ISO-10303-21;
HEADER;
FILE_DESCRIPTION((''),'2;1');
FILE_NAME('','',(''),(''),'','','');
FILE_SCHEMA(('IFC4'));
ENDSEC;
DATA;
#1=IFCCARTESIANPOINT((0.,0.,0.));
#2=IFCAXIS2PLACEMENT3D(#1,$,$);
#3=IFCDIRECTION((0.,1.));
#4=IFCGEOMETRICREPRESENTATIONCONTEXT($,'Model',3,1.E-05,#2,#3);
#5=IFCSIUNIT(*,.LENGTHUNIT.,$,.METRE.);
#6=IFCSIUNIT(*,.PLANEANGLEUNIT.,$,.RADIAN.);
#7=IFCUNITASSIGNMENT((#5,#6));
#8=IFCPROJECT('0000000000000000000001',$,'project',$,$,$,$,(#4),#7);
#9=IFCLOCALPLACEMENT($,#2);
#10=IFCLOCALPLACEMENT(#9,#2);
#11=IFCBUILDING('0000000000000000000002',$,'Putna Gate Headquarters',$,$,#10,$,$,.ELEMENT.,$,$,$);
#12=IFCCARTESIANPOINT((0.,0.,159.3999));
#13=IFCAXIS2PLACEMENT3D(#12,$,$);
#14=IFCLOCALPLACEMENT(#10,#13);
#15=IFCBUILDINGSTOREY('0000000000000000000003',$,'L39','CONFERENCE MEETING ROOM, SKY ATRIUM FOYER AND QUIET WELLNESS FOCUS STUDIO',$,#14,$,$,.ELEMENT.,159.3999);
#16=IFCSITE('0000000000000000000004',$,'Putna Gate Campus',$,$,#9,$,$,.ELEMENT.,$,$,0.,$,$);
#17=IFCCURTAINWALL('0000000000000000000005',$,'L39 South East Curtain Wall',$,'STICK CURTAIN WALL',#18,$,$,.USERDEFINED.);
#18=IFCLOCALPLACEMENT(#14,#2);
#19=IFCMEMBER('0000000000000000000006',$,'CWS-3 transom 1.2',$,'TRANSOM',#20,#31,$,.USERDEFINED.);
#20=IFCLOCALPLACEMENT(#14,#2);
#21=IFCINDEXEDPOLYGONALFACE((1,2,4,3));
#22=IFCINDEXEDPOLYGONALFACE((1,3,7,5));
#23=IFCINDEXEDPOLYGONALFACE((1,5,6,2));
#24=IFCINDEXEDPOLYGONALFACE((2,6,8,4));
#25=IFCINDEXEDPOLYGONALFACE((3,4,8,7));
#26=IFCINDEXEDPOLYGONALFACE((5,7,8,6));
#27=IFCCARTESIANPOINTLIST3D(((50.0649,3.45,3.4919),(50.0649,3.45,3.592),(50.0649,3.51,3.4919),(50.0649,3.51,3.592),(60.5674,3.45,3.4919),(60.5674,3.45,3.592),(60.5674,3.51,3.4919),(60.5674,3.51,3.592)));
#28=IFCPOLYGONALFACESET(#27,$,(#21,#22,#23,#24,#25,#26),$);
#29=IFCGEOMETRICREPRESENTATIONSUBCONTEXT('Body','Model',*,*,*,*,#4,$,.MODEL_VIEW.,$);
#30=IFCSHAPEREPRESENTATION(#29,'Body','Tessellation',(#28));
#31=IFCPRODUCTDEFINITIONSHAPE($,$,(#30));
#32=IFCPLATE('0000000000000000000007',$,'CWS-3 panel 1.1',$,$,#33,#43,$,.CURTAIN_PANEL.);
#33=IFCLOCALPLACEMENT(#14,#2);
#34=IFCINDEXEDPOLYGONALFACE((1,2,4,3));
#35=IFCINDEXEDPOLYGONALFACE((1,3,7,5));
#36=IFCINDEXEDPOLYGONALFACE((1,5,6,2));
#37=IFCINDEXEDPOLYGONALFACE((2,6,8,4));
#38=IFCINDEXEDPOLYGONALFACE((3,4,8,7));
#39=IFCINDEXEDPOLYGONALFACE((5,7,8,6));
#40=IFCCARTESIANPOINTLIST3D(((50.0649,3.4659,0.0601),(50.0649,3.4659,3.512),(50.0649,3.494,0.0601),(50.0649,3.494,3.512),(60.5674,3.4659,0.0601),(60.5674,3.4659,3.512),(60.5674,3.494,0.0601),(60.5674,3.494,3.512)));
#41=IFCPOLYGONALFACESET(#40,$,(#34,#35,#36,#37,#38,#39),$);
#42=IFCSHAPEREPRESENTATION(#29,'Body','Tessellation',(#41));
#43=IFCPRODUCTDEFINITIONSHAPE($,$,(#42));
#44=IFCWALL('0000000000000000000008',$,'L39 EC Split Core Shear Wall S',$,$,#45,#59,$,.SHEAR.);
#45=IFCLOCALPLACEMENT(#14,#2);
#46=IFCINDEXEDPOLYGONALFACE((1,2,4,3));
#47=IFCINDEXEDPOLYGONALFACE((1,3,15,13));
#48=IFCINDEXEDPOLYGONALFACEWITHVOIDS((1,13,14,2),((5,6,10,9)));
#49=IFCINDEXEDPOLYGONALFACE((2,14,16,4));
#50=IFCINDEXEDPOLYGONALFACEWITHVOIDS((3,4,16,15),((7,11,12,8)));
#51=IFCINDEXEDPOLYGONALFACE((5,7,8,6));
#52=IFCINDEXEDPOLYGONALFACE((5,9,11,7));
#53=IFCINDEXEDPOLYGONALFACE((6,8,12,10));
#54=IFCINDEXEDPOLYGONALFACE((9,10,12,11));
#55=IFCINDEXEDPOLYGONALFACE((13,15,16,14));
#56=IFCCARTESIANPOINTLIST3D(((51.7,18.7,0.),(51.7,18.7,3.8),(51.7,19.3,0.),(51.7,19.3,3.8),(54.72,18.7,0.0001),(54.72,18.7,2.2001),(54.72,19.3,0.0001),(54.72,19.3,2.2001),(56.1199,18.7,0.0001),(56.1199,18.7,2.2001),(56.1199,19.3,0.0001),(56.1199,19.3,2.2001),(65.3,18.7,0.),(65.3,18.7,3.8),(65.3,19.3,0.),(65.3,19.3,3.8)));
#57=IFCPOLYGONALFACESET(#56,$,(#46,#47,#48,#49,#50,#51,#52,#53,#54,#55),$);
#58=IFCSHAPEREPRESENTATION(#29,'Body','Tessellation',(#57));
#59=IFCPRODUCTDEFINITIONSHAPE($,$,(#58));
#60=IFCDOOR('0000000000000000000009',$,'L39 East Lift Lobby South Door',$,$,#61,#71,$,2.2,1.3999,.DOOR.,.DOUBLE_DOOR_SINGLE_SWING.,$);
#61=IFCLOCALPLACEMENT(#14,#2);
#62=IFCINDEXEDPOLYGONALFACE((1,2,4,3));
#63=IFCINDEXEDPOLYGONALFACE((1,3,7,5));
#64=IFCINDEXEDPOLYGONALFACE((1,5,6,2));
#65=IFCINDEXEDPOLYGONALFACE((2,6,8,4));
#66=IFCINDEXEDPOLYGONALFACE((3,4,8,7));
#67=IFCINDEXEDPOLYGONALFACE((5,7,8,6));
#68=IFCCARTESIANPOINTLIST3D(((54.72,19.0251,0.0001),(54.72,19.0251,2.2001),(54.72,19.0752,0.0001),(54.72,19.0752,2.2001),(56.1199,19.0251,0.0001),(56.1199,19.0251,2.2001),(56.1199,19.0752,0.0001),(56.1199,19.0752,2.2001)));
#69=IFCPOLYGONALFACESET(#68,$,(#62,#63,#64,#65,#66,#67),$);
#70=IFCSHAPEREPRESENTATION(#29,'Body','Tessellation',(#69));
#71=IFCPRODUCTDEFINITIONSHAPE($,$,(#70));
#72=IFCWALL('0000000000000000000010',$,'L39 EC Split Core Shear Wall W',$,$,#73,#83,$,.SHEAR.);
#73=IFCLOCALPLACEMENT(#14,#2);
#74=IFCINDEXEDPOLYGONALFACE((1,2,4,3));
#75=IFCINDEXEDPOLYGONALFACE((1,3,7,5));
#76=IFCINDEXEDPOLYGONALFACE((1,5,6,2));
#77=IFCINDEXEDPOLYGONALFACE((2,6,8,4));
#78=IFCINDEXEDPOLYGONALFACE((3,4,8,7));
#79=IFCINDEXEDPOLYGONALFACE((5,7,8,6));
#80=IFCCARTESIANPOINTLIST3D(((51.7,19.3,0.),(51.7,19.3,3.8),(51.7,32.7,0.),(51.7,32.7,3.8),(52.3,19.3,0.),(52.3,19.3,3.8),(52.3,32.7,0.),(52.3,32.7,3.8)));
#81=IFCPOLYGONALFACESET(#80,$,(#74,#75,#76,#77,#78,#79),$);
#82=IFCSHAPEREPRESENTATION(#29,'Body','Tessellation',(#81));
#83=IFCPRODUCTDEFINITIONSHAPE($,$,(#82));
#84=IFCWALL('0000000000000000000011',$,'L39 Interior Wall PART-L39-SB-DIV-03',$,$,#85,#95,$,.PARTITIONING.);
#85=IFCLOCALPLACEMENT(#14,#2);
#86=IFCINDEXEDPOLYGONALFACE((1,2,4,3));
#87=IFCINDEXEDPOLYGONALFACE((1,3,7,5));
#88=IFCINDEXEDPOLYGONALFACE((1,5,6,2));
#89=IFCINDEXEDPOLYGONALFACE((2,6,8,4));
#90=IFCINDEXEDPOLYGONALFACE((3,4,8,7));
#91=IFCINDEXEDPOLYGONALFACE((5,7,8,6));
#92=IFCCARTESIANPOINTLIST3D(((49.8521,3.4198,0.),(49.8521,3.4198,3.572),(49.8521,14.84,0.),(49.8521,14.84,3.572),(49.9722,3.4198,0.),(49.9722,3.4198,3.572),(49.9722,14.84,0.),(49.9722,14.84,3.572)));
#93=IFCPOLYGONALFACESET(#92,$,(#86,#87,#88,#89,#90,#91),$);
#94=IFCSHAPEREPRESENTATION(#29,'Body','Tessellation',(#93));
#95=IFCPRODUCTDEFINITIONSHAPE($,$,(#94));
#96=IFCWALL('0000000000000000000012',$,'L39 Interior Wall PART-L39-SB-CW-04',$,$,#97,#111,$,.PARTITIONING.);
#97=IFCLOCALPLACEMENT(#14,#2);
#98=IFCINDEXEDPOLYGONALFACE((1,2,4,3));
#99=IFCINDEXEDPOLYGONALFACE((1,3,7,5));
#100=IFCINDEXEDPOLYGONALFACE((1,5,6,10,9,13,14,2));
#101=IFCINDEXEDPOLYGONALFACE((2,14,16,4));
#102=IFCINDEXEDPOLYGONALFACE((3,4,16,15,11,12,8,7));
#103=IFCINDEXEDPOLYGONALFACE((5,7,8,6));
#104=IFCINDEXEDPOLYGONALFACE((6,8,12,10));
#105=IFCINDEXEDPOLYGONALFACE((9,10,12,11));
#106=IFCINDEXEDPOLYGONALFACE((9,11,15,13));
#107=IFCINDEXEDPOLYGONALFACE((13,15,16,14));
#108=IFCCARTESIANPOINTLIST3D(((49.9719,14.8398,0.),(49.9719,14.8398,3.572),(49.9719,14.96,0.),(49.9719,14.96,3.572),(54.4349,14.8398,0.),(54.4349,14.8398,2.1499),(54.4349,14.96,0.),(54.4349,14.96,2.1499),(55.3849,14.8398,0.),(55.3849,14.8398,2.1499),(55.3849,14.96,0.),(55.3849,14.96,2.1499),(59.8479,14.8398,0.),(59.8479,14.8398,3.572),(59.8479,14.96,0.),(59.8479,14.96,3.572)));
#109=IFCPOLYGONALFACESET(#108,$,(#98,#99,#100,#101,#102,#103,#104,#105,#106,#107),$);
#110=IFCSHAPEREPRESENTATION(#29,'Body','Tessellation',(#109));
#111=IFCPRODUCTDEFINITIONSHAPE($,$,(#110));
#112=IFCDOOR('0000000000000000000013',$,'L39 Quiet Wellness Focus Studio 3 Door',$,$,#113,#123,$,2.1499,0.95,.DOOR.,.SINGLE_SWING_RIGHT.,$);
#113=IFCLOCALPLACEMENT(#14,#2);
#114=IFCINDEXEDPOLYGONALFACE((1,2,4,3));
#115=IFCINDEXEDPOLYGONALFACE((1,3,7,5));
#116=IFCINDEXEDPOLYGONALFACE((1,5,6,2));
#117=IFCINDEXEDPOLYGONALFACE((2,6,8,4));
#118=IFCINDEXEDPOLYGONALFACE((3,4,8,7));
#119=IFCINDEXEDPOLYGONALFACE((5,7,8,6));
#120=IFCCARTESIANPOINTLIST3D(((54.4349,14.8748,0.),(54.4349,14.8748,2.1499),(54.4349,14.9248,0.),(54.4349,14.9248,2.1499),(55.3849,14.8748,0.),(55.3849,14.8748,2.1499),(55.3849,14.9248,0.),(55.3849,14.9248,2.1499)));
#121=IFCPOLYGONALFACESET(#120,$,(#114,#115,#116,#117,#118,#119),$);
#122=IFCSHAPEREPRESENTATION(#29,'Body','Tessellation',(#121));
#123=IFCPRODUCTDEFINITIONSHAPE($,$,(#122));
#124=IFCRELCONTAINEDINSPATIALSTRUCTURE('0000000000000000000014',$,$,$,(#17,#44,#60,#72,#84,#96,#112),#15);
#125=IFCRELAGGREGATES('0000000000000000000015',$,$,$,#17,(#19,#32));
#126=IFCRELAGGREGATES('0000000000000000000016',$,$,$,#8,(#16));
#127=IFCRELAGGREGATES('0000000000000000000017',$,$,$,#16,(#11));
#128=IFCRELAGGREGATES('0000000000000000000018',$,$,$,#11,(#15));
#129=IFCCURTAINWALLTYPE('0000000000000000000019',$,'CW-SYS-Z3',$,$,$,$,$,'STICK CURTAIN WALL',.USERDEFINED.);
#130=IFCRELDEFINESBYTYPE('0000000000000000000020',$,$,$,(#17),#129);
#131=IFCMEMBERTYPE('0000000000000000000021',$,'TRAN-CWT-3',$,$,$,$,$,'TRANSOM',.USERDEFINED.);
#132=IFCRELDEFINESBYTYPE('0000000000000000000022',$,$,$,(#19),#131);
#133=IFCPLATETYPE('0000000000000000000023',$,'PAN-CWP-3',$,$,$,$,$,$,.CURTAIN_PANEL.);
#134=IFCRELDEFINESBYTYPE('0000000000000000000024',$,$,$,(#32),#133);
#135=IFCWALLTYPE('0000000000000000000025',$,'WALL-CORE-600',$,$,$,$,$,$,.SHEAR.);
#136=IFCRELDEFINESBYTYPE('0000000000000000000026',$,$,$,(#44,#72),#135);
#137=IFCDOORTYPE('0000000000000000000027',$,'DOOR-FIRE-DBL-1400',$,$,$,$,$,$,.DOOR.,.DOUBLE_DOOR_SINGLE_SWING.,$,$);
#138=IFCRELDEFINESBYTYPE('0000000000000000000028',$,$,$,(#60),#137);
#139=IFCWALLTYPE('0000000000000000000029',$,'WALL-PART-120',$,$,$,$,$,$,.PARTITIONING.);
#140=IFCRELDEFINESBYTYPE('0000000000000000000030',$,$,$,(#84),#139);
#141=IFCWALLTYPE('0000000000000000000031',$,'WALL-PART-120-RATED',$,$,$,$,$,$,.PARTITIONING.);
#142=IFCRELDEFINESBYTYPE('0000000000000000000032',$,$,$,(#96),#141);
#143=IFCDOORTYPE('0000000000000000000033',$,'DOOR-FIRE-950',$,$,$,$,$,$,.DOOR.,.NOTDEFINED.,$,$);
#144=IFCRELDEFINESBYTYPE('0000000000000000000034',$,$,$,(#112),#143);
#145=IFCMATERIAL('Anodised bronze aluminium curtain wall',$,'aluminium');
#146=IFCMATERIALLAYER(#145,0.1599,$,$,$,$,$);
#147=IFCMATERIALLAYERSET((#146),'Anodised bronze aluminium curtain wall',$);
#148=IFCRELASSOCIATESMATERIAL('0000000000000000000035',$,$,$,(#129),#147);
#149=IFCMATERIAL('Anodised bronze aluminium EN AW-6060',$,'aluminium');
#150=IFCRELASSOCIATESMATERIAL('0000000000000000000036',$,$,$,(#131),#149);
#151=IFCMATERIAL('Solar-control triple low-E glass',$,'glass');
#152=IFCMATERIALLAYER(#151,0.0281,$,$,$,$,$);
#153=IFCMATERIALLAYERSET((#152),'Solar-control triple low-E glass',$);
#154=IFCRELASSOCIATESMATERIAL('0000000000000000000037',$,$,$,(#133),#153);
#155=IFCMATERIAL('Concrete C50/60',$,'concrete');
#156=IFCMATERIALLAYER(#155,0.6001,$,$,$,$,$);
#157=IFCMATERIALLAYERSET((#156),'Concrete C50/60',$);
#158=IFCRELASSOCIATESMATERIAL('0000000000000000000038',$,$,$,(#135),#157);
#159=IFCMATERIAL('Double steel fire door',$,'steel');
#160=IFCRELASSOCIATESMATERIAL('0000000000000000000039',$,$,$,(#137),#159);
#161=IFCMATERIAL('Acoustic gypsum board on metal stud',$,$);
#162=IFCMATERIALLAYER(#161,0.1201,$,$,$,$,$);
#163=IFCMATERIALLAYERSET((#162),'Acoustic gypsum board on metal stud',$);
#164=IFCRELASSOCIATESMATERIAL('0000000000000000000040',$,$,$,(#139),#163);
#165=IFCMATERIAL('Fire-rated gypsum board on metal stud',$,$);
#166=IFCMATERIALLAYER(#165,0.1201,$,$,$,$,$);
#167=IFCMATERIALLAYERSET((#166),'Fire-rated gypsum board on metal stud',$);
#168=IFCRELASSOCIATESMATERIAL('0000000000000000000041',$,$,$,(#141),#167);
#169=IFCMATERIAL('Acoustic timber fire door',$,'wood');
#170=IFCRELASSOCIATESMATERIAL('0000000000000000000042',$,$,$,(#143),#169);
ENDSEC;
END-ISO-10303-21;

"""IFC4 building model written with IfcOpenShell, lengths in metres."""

from ifc_helpers import new_model, si_unit, direction, frame, frame_2d, origin, origin_2d, place, context, subcontext, project, spatial, rectangle, extrude, material, layer, layer_set, material_profile, profile_set, type_object, element, fill, aggregate, save


model = new_model("IFC4")

# Units and contexts
model_context = context("Model", 3, precision=1e-05, world=origin(), true_north=direction((0.0, 1.0)))
body_context = subcontext(model_context, "Body", "Model", "MODEL_VIEW")
ifc_project = project(units=[si_unit("LENGTHUNIT", "METRE"), si_unit("PLANEANGLEUNIT", "RADIAN")], contexts=[model_context])

# Site, building, storey
site_placement = place(None, origin())
site = spatial("IfcSite", under=ifc_project, at=site_placement, Name="Putna Gate Campus", CompositionType="ELEMENT", RefElevation=0.0)
building_placement = place(site_placement, origin())
building = spatial("IfcBuilding", under=site, at=building_placement, Name="Putna Gate Headquarters", CompositionType="ELEMENT")
storey_placement = place(building_placement, frame((0.0, 0.0, 159.3999)))
storey = spatial("IfcBuildingStorey", under=building, at=storey_placement, Name="L39", Description="CONFERENCE MEETING ROOM, SKY ATRIUM FOYER AND QUIET WELLNESS FOCUS STUDIO", CompositionType="ELEMENT", Elevation=159.3999)

# Shared definitions
ifc_material_1 = material(Name="Concrete C50/60", Category="concrete")

# Curtain wall
ifc_material_2 = material(Name="Anodised bronze aluminium curtain wall", Category="aluminium")
ifc_layer_1 = layer(ifc_material_2, 0.1599)
ifc_layer_set_1 = layer_set([ifc_layer_1], Name="Anodised bronze aluminium curtain wall")
curtain_wall_type_1 = type_object("IfcCurtainWallType", Name="CW-SYS-Z3", ElementType="STICK CURTAIN WALL", PredefinedType="USERDEFINED", material=ifc_layer_set_1)
curtain_wall_1_placement = place(storey_placement, origin())
curtain_wall_1 = element("IfcCurtainWall", 1, at=curtain_wall_1_placement, inside=storey, type_object=curtain_wall_type_1, Name="L39 South East Curtain Wall", ObjectType="STICK CURTAIN WALL", PredefinedType="USERDEFINED")
ifc_material_3 = material(Name="Anodised bronze aluminium EN AW-6060", Category="aluminium")

# Member
ifc_material_profile_1 = material_profile(ifc_material_3, rectangle(XDim=0.0601, YDim=0.1001, at=origin_2d()), Name="Anodised bronze aluminium EN AW-6060")
ifc_profile_set_1 = profile_set([ifc_material_profile_1], Name="Anodised bronze aluminium EN AW-6060")
member_type_1 = type_object("IfcMemberType", Name="TRAN-CWT-3", ElementType="TRANSOM", PredefinedType="USERDEFINED", material=ifc_profile_set_1)
member_1_placement = place(storey_placement, frame((50.0649, 3.48, 3.542), z_axis=(1.0, 0.0, 0.0), x_axis=(0.0, 1.0, 0.0)))
member_1 = element("IfcMember", 2, at=member_1_placement, type_object=member_type_1, Name="CWS-3 transom 1.2", ObjectType="TRANSOM", PredefinedType="USERDEFINED", context=body_context, shape_type="SweptSolid", body=[
    extrude(rectangle(XDim=0.0601, YDim=0.1001, at=origin_2d()), origin(), (0.0, 0.0, 1.0), 10.5024),
])

# Plate
ifc_material_4 = material(Name="Solar-control triple low-E glass", Category="glass")
ifc_layer_2 = layer(ifc_material_4, 0.0281)
ifc_layer_set_2 = layer_set([ifc_layer_2], Name="Solar-control triple low-E glass")
plate_type = type_object("IfcPlateType", Name="PAN-CWP-3", PredefinedType="CURTAIN_PANEL", material=ifc_layer_set_2)
plate_placement = place(storey_placement, frame((55.3162, 3.48, 0.0601), z_axis=(0.0, 0.0, 1.0), x_axis=(1.0, 0.0, 0.0)))
plate = element("IfcPlate", 3, at=plate_placement, type_object=plate_type, Name="CWS-3 panel 1.1", PredefinedType="CURTAIN_PANEL", context=body_context, shape_type="SweptSolid", body=[
    extrude(rectangle(XDim=10.5024, YDim=0.0281, at=origin_2d()), origin(), (0.0, 0.0, 1.0), 3.4519),
])
aggregate(curtain_wall_1, [member_1, plate])

# Wall, opening, door
ifc_layer_3 = layer(ifc_material_1, 0.6001)
ifc_layer_set_3 = layer_set([ifc_layer_3], Name="Concrete C50/60")
wall_type_1 = type_object("IfcWallType", Name="WALL-CORE-600", PredefinedType="SHEAR", material=ifc_layer_set_3)
wall_1_placement = place(storey_placement, frame((51.7, 19.0, 0.0), z_axis=(0.0, 0.0, 1.0), x_axis=(1.0, 0.0, 0.0)))
wall_1 = element("IfcWall", 4, at=wall_1_placement, inside=storey, type_object=wall_type_1, Name="L39 EC Split Core Shear Wall S", PredefinedType="SHEAR", context=body_context, shape_type="SweptSolid", body=[
    extrude(rectangle(XDim=13.6001, YDim=0.6001, at=frame_2d((6.8, 0.0))), origin(), (0.0, 0.0, 1.0), 3.8),
])
opening_1_placement = place(wall_1_placement, frame((3.02, 0.0, 0.0)))
opening_1 = element("IfcOpeningElement", 5, at=opening_1_placement, cuts=wall_1, PredefinedType="OPENING", context=body_context, shape_type="SweptSolid", body=[
    extrude(rectangle(XDim=1.3999, YDim=2.2, at=frame_2d((0.7, 1.1001))), frame((0.0, 0.3101, 0.0), z_axis=(0.0, -1.0, 0.0), x_axis=(1.0, 0.0, 0.0)), (0.0, 0.0, 1.0), 0.6201),
])
ifc_material_5 = material(Name="Double steel fire door", Category="steel")
door_type_1 = type_object("IfcDoorType", Name="DOOR-FIRE-DBL-1400", OperationType="DOUBLE_DOOR_SINGLE_SWING", PredefinedType="DOOR", material=ifc_material_5)
door_1_placement = place(opening_1_placement, origin())
door_1 = element("IfcDoor", 6, at=door_1_placement, inside=storey, type_object=door_type_1, Name="L39 East Lift Lobby South Door", OperationType="DOUBLE_DOOR_SINGLE_SWING", OverallHeight=2.2, OverallWidth=1.3999, PredefinedType="DOOR", context=body_context, shape_type="SweptSolid", body=[
    extrude(rectangle(XDim=1.3999, YDim=2.2, at=frame_2d((0.7, 1.1001))), frame((0.0, 0.0752, 0.0), z_axis=(0.0, -1.0, 0.0), x_axis=(1.0, 0.0, 0.0)), (0.0, 0.0, 1.0), 0.05),
])
fill(opening_1, door_1)

# Walls
wall_2_placement = place(storey_placement, frame((52.0, 19.3, 0.0), z_axis=(0.0, 0.0, 1.0), x_axis=(0.0, 1.0, 0.0)))
element("IfcWall", 7, at=wall_2_placement, inside=storey, type_object=wall_type_1, Name="L39 EC Split Core Shear Wall W", PredefinedType="SHEAR", context=body_context, shape_type="SweptSolid", body=[
    extrude(rectangle(XDim=13.3999, YDim=0.6001, at=frame_2d((6.7, 0.0))), origin(), (0.0, 0.0, 1.0), 3.8),
])
ifc_material_6 = material(Name="Acoustic gypsum board on metal stud")
ifc_layer_4 = layer(ifc_material_6, 0.1201)
ifc_layer_set_4 = layer_set([ifc_layer_4], Name="Acoustic gypsum board on metal stud")
wall_type_2 = type_object("IfcWallType", Name="WALL-PART-120", PredefinedType="PARTITIONING", material=ifc_layer_set_4)
wall_3_placement = place(storey_placement, frame((49.9121, 3.4199, 0.0), z_axis=(0.0, 0.0, 1.0), x_axis=(0.0, 1.0, 0.0)))
element("IfcWall", 8, at=wall_3_placement, inside=storey, type_object=wall_type_2, Name="L39 Interior Wall PART-L39-SB-DIV-03", PredefinedType="PARTITIONING", context=body_context, shape_type="SweptSolid", body=[
    extrude(rectangle(XDim=11.4202, YDim=0.1201, at=frame_2d((5.71, 0.0))), origin(), (0.0, 0.0, 1.0), 3.572),
])

# Wall, opening, door
ifc_material_7 = material(Name="Fire-rated gypsum board on metal stud")
ifc_layer_5 = layer(ifc_material_7, 0.1201)
ifc_layer_set_5 = layer_set([ifc_layer_5], Name="Fire-rated gypsum board on metal stud")
wall_type_3 = type_object("IfcWallType", Name="WALL-PART-120-RATED", PredefinedType="PARTITIONING", material=ifc_layer_set_5)
wall_4_placement = place(storey_placement, frame((49.9719, 14.8999, 0.0), z_axis=(0.0, 0.0, 1.0), x_axis=(1.0, 0.0, 0.0)))
wall_4 = element("IfcWall", 9, at=wall_4_placement, inside=storey, type_object=wall_type_3, Name="L39 Interior Wall PART-L39-SB-CW-04", PredefinedType="PARTITIONING", context=body_context, shape_type="SweptSolid", body=[
    extrude(rectangle(XDim=9.876, YDim=0.1201, at=frame_2d((4.938, 0.0))), origin(), (0.0, 0.0, 1.0), 3.572),
])
opening_2_placement = place(wall_4_placement, frame((4.4629, 0.0, 0.0)))
opening_2 = element("IfcOpeningElement", 10, at=opening_2_placement, cuts=wall_4, PredefinedType="OPENING", context=body_context, shape_type="SweptSolid", body=[
    extrude(rectangle(XDim=0.95, YDim=2.1499, at=frame_2d((0.4751, 1.075))), frame((0.0, 0.0701, 0.0), z_axis=(0.0, -1.0, 0.0), x_axis=(1.0, 0.0, 0.0)), (0.0, 0.0, 1.0), 0.1401),
])
ifc_material_8 = material(Name="Acoustic timber fire door", Category="wood")
door_type_2 = type_object("IfcDoorType", Name="DOOR-FIRE-950", OperationType="NOTDEFINED", PredefinedType="DOOR", material=ifc_material_8)
door_2_placement = place(opening_2_placement, origin())
door_2 = element("IfcDoor", 11, at=door_2_placement, inside=storey, type_object=door_type_2, Name="L39 Quiet Wellness Focus Studio 3 Door", OperationType="SINGLE_SWING_RIGHT", OverallHeight=2.1499, OverallWidth=0.95, PredefinedType="DOOR", context=body_context, shape_type="SweptSolid", body=[
    extrude(rectangle(XDim=0.95, YDim=2.1499, at=frame_2d((0.4751, 1.075))), frame((0.0, 0.0249, 0.0), z_axis=(0.0, -1.0, 0.0), x_axis=(1.0, 0.0, 0.0)), (0.0, 0.0, 1.0), 0.05),
])
fill(opening_2, door_2)

save(model, "model.ifc")
